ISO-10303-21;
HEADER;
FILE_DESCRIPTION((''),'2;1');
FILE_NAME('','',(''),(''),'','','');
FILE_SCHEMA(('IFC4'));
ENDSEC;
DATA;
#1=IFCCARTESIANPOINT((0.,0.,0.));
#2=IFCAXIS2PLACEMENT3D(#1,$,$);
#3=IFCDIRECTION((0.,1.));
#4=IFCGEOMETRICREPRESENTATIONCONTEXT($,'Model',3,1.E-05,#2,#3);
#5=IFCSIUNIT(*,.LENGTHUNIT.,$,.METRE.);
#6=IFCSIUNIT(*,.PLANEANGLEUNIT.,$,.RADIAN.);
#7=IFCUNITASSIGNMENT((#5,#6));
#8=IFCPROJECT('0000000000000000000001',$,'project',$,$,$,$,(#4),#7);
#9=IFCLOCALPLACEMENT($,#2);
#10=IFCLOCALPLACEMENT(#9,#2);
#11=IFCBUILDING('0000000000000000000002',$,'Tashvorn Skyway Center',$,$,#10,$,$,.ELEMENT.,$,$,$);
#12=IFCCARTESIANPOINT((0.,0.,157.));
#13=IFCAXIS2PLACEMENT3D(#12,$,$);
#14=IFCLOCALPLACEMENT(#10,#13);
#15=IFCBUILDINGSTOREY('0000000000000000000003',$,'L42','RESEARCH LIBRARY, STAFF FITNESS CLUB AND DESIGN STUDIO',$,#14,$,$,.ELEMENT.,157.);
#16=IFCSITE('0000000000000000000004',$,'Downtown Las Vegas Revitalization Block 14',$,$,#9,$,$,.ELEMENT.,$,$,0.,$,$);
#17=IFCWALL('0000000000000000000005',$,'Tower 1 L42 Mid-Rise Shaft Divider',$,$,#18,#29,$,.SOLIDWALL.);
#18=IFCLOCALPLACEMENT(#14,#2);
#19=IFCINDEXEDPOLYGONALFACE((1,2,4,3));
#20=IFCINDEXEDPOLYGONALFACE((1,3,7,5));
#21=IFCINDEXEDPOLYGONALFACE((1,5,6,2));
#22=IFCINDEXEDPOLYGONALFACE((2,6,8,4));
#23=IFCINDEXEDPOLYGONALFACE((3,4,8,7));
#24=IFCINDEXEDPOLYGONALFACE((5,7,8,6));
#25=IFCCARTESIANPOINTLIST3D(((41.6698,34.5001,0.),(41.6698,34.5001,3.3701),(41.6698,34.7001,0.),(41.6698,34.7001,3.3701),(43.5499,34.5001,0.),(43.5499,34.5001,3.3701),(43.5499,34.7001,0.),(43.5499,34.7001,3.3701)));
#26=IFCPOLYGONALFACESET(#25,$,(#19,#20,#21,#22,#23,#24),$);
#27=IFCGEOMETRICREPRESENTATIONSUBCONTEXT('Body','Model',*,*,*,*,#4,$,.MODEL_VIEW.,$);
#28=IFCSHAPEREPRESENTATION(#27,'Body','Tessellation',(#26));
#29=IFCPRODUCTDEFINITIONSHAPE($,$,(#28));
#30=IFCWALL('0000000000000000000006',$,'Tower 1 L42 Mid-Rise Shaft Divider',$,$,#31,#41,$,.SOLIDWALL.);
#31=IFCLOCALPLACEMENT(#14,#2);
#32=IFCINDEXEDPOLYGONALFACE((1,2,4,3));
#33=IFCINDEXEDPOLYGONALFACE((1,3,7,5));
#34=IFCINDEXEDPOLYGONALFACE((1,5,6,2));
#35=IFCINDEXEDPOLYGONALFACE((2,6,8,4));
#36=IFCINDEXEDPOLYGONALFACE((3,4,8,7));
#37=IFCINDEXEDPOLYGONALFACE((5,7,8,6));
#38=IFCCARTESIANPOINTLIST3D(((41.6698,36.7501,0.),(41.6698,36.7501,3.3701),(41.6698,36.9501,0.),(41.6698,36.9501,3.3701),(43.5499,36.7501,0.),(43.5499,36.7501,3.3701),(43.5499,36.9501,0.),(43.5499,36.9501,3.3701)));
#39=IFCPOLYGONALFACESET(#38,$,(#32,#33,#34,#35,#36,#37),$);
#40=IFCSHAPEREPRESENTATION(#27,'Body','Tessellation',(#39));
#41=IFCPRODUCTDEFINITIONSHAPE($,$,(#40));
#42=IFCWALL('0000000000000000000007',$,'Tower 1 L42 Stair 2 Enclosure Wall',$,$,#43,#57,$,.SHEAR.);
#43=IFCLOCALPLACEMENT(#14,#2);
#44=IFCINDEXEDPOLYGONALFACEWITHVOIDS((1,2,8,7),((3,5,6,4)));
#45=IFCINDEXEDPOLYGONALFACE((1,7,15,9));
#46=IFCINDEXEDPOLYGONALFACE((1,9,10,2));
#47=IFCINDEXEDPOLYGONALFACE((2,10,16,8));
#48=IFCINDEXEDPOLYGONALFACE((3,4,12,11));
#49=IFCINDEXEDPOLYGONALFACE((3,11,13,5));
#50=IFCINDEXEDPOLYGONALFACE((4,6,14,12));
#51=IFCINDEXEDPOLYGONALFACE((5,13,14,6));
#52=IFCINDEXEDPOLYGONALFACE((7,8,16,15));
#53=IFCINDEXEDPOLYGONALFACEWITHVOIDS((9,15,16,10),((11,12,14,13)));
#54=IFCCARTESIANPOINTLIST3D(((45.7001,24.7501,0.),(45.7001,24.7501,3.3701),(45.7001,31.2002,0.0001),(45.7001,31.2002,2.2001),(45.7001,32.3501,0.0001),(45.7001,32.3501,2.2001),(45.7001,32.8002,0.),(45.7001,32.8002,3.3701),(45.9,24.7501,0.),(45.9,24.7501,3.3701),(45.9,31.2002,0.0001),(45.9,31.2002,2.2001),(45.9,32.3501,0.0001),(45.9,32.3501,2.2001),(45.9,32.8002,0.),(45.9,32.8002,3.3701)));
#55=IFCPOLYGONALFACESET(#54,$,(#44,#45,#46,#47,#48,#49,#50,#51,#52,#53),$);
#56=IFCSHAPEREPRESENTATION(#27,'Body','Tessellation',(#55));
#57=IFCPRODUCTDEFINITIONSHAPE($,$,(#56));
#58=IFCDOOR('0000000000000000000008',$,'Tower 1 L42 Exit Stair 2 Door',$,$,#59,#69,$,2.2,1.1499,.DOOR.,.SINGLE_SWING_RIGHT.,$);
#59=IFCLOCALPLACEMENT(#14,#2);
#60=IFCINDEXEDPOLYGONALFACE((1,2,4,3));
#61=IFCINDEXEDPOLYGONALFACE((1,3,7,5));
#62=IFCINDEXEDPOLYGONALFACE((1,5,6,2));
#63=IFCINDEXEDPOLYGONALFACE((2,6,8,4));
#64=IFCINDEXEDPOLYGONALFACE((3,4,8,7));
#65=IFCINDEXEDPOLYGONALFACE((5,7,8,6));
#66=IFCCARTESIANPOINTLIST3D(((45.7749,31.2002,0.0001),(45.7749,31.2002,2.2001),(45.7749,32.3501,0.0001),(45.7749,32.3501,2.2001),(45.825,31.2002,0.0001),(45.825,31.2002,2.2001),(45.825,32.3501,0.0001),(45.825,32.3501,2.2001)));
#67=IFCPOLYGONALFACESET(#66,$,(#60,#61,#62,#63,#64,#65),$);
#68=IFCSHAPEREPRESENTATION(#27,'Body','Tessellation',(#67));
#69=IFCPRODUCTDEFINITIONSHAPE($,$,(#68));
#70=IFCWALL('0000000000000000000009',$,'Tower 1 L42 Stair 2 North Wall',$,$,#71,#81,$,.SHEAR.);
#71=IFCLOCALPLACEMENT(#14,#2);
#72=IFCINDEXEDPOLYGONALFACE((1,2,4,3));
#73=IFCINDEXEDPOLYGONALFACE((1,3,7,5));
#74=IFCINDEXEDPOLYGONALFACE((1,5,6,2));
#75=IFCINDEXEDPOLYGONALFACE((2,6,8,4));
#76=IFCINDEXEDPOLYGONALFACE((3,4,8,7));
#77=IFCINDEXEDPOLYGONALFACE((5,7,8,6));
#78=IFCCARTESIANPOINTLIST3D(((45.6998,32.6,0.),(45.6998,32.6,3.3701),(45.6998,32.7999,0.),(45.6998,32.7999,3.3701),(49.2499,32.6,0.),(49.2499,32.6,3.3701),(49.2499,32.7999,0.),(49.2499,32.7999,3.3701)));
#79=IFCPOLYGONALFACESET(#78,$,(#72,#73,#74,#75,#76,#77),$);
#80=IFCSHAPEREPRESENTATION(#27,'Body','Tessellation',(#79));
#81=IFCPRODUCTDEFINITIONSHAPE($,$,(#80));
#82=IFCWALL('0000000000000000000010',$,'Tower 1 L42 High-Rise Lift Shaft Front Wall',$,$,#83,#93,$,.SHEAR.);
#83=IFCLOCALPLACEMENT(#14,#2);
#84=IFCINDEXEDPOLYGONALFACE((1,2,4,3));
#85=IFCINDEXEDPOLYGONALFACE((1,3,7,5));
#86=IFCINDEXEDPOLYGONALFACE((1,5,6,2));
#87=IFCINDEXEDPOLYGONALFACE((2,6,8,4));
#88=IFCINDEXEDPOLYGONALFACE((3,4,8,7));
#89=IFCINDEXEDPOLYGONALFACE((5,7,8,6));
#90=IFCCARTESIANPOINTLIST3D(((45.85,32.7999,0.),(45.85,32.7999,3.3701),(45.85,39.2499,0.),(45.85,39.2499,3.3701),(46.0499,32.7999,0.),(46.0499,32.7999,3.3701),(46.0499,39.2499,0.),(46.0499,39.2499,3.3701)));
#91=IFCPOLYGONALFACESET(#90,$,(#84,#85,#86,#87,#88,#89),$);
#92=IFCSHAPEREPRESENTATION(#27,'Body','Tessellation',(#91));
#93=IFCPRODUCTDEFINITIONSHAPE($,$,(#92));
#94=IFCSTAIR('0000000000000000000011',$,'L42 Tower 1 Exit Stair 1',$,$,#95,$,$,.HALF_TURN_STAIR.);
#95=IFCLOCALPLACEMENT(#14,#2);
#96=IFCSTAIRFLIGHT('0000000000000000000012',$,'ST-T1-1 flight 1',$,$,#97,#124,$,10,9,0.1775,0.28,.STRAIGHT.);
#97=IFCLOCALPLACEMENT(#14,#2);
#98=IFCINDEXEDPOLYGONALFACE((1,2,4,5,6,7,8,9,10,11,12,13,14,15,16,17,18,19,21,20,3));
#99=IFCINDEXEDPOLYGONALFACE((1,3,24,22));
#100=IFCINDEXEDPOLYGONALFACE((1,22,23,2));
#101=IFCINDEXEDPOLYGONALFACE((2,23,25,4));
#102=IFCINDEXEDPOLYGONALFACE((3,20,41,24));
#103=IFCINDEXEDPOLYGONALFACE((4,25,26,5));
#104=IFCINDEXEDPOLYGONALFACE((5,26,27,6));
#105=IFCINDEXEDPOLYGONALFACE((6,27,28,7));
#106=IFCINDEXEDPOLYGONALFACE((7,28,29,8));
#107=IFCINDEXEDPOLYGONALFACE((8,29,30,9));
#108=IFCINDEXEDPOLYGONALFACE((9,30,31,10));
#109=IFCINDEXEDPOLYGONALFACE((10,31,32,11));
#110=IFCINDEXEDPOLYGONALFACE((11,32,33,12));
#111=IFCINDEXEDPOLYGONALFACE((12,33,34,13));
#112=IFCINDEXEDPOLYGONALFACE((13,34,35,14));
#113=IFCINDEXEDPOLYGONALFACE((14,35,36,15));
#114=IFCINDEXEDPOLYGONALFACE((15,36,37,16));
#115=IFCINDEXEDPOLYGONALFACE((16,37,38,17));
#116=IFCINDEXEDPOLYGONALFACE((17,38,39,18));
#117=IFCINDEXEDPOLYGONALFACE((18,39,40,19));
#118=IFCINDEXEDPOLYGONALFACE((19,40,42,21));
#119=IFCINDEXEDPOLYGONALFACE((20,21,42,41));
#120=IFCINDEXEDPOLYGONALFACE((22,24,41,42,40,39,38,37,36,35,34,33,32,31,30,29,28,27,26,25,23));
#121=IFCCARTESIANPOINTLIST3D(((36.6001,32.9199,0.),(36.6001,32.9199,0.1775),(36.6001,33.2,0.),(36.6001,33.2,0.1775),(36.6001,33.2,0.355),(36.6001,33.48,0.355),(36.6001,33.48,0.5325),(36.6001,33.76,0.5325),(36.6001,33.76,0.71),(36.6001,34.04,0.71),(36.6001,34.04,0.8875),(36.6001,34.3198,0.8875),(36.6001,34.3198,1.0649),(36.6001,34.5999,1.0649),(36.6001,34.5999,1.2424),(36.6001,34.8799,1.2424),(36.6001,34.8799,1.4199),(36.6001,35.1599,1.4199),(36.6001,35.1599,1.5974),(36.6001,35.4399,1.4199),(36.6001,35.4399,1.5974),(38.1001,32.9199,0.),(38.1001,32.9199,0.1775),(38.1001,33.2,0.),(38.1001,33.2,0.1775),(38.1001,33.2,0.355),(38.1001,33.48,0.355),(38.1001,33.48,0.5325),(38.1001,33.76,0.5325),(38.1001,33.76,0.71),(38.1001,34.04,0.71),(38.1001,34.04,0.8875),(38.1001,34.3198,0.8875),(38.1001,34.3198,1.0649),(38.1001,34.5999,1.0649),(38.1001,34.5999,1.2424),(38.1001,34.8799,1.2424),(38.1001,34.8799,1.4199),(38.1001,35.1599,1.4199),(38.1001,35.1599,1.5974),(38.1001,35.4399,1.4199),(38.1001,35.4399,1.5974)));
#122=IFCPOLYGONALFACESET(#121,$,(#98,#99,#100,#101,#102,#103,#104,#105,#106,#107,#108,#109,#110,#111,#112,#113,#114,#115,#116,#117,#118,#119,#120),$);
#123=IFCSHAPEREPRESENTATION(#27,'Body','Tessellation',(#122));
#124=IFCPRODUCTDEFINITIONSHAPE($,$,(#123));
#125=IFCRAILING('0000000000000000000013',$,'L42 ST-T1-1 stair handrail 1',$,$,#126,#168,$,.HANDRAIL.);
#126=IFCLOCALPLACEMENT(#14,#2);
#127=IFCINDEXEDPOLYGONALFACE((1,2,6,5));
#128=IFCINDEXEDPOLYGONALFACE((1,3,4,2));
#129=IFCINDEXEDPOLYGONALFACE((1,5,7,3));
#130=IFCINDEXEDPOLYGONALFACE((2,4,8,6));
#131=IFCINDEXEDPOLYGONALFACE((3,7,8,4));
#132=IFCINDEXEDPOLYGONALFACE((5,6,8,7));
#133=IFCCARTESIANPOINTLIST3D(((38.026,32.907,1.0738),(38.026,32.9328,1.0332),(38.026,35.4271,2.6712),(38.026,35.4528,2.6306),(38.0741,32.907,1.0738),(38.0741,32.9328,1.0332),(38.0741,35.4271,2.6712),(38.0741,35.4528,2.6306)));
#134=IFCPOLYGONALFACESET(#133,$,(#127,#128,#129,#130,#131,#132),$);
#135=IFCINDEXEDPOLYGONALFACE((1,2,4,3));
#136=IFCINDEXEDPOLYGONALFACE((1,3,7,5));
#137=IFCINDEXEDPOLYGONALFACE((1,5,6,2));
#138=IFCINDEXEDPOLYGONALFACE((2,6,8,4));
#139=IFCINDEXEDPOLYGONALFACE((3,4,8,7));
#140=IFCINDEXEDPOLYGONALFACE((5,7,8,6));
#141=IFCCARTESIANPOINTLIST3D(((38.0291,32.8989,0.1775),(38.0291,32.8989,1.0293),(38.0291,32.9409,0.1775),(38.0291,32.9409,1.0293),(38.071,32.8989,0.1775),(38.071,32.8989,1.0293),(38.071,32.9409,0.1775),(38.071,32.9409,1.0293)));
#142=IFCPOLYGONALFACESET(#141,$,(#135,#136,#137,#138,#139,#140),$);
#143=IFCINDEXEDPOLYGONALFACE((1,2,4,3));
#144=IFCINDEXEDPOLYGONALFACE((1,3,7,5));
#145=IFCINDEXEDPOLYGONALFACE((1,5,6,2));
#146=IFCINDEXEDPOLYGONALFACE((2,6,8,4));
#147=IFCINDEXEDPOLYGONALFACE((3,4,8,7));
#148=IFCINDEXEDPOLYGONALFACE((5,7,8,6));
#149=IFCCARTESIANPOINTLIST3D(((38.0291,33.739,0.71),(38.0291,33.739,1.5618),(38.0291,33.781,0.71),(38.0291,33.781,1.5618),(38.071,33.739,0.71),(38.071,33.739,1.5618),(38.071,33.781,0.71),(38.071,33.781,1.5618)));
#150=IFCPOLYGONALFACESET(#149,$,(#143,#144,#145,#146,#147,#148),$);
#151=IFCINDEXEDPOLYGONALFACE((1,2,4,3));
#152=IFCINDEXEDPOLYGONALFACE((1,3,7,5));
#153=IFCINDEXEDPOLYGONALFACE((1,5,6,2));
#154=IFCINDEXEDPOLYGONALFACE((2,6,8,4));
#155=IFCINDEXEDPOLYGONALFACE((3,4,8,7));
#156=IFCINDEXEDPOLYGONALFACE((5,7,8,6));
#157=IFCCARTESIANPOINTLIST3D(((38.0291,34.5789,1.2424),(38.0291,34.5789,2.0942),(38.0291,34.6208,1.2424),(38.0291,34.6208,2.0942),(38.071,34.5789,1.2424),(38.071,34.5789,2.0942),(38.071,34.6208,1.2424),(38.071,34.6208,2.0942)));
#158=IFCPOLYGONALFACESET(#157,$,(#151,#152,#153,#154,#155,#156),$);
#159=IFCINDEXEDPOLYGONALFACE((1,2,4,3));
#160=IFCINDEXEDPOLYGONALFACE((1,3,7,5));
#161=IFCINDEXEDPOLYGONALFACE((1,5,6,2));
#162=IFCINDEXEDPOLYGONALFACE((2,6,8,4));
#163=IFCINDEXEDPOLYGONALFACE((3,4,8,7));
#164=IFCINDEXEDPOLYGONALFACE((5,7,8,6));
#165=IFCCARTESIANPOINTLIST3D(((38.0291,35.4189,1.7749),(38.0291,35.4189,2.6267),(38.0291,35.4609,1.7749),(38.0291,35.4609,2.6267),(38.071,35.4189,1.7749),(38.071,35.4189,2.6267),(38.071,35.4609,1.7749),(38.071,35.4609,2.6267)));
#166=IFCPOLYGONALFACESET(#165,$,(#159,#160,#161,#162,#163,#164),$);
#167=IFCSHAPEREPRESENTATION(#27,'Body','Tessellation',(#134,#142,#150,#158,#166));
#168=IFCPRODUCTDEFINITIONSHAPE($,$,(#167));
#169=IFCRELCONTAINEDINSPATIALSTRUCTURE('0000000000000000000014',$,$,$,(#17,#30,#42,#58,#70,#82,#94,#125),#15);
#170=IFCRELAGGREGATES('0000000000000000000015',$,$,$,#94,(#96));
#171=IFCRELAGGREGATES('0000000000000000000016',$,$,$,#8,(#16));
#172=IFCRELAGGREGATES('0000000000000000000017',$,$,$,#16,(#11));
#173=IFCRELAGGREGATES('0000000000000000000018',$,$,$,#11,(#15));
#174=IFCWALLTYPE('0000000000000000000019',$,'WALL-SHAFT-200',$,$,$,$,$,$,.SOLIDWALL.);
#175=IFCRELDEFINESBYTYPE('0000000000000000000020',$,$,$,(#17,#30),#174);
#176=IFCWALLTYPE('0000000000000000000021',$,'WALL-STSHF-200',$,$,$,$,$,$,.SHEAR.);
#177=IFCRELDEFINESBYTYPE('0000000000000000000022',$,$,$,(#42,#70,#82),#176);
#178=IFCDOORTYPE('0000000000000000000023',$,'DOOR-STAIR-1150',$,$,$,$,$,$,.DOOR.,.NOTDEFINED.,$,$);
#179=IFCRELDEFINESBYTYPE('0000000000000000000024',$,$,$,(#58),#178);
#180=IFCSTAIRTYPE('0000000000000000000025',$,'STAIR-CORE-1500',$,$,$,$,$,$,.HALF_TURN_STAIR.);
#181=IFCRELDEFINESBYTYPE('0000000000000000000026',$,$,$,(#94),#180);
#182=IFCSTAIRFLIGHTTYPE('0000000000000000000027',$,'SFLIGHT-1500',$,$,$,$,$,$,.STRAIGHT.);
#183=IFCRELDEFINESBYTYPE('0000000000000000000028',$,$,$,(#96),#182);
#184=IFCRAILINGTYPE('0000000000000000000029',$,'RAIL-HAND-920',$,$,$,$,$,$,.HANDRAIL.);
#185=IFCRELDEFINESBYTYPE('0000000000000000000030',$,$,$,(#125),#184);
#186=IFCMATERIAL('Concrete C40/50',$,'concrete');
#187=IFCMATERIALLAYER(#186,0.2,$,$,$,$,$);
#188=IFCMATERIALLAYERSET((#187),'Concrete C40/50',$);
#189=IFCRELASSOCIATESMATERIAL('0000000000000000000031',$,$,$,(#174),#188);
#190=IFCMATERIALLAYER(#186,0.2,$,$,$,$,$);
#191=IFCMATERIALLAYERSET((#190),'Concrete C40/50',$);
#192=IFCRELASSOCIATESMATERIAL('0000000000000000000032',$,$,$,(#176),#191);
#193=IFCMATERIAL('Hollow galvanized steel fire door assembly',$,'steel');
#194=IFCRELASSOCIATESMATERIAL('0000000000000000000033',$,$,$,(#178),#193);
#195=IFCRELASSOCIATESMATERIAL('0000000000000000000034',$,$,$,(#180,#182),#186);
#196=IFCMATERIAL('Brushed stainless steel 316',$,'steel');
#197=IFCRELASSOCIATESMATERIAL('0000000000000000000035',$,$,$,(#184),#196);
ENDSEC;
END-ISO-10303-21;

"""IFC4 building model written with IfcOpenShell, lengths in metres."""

from ifc_helpers import new_model, si_unit, direction, frame, frame_2d, origin, origin_2d, place, context, subcontext, project, spatial, polyline, rectangle, outline, extrude, material, layer, layer_set, type_object, element, fill, aggregate, save


model = new_model("IFC4")

# Units and contexts
model_context = context("Model", 3, precision=1e-05, world=origin(), true_north=direction((0.0, 1.0)))
body_context = subcontext(model_context, "Body", "Model", "MODEL_VIEW")
ifc_project = project(units=[si_unit("LENGTHUNIT", "METRE"), si_unit("PLANEANGLEUNIT", "RADIAN")], contexts=[model_context])

# Site, building, storey
site_placement = place(None, origin())
site = spatial("IfcSite", under=ifc_project, at=site_placement, Name="Downtown Las Vegas Revitalization Block 14", CompositionType="ELEMENT", RefElevation=0.0)
building_placement = place(site_placement, origin())
building = spatial("IfcBuilding", under=site, at=building_placement, Name="Tashvorn Skyway Center", CompositionType="ELEMENT")
storey_placement = place(building_placement, frame((0.0, 0.0, 157.0)))
storey = spatial("IfcBuildingStorey", under=building, at=storey_placement, Name="L42", Description="RESEARCH LIBRARY, STAFF FITNESS CLUB AND DESIGN STUDIO", CompositionType="ELEMENT", Elevation=157.0)

# Shared definitions
ifc_material_1 = material(Name="Concrete C40/50", Category="concrete")
ifc_material_2 = material(Name="Hollow galvanized steel fire door assembly", Category="steel")

# Walls
ifc_layer_1 = layer(ifc_material_1, 0.2)
ifc_layer_set_1 = layer_set([ifc_layer_1], Name="Concrete C40/50")
wall_type_1 = type_object("IfcWallType", Name="WALL-SHAFT-200", PredefinedType="SOLIDWALL", material=ifc_layer_set_1)
for number, where, z_axis, x_axis, name in (
    (1, (41.6699, 34.6001, 0.0), (0.0, 0.0, 1.0), (1.0, 0.0, 0.0), "Tower 1 L42 Mid-Rise Shaft Divider"),
    (2, (41.6699, 36.8501, 0.0), (0.0, 0.0, 1.0), (1.0, 0.0, 0.0), "Tower 1 L42 Mid-Rise Shaft Divider"),
):
    element("IfcWall", number, at=place(storey_placement, frame(where, z_axis=z_axis, x_axis=x_axis)), inside=storey, type_object=wall_type_1, Name=name, PredefinedType="SOLIDWALL", context=body_context, shape_type="SweptSolid", body=[
        extrude(rectangle(XDim=1.8801, YDim=0.2, at=frame_2d((0.9399, 0.0))), origin(), (0.0, 0.0, 1.0), 3.3701),
    ])

# Wall, opening, door
ifc_layer_2 = layer(ifc_material_1, 0.2)
ifc_layer_set_2 = layer_set([ifc_layer_2], Name="Concrete C40/50")
wall_type_2 = type_object("IfcWallType", Name="WALL-STSHF-200", PredefinedType="SHEAR", material=ifc_layer_set_2)
wall_1_placement = place(storey_placement, frame((45.8, 32.8, 0.0), z_axis=(0.0, 0.0, 1.0), x_axis=(0.0, -1.0, 0.0)))
wall_1 = element("IfcWall", 3, at=wall_1_placement, inside=storey, type_object=wall_type_2, Name="Tower 1 L42 Stair 2 Enclosure Wall", PredefinedType="SHEAR", context=body_context, shape_type="SweptSolid", body=[
    extrude(rectangle(XDim=8.05, YDim=0.2, at=frame_2d((4.0249, 0.0))), origin(), (0.0, 0.0, 1.0), 3.3701),
])
opening_1_placement = place(wall_1_placement, frame((0.45, 0.0, 0.0)))
opening_1 = element("IfcOpeningElement", 4, at=opening_1_placement, cuts=wall_1, PredefinedType="OPENING", context=body_context, shape_type="SweptSolid", body=[
    extrude(rectangle(XDim=1.1499, YDim=2.2, at=frame_2d((0.575, 1.1001))), frame((0.0, 0.1099, 0.0), z_axis=(0.0, -1.0, 0.0), x_axis=(1.0, 0.0, 0.0)), (0.0, 0.0, 1.0), 0.22),
])
door_type_1 = type_object("IfcDoorType", Name="DOOR-STAIR-1150", OperationType="NOTDEFINED", PredefinedType="DOOR", material=ifc_material_2)
door_1_placement = place(opening_1_placement, origin())
door_1 = element("IfcDoor", 5, at=door_1_placement, inside=storey, type_object=door_type_1, Name="Tower 1 L42 Exit Stair 2 Door", OperationType="SINGLE_SWING_RIGHT", OverallHeight=2.2, OverallWidth=1.1499, PredefinedType="DOOR", context=body_context, shape_type="SweptSolid", body=[
    extrude(rectangle(XDim=1.1499, YDim=2.2, at=frame_2d((0.575, 1.1001))), frame((0.0, 0.0249, 0.0), z_axis=(0.0, -1.0, 0.0), x_axis=(1.0, 0.0, 0.0)), (0.0, 0.0, 1.0), 0.05),
])
fill(opening_1, door_1)

# Walls
wall_2_placement = place(storey_placement, frame((45.7, 32.7, 0.0), z_axis=(0.0, 0.0, 1.0), x_axis=(1.0, 0.0, 0.0)))
element("IfcWall", 6, at=wall_2_placement, inside=storey, type_object=wall_type_2, Name="Tower 1 L42 Stair 2 North Wall", PredefinedType="SHEAR", context=body_context, shape_type="SweptSolid", body=[
    extrude(rectangle(XDim=3.55, YDim=0.2, at=frame_2d((1.7749, 0.0))), origin(), (0.0, 0.0, 1.0), 3.3701),
])
wall_3_placement = place(storey_placement, frame((45.95, 39.25, 0.0), z_axis=(0.0, 0.0, 1.0), x_axis=(0.0, -1.0, 0.0)))
element("IfcWall", 7, at=wall_3_placement, inside=storey, type_object=wall_type_2, Name="Tower 1 L42 High-Rise Lift Shaft Front Wall", PredefinedType="SHEAR", context=body_context, shape_type="SweptSolid", body=[
    extrude(rectangle(XDim=6.45, YDim=0.2, at=frame_2d((3.2251, 0.0))), origin(), (0.0, 0.0, 1.0), 3.3701),
])

# Stair, stair flight
stair_type = type_object("IfcStairType", Name="STAIR-CORE-1500", PredefinedType="HALF_TURN_STAIR", material=ifc_material_1)
stair_placement = place(storey_placement, origin())
stair = element("IfcStair", 8, at=stair_placement, inside=storey, type_object=stair_type, Name="L42 Tower 1 Exit Stair 1", PredefinedType="HALF_TURN_STAIR")
stair_flight_type = type_object("IfcStairFlightType", Name="SFLIGHT-1500", PredefinedType="STRAIGHT", material=ifc_material_1)
stair_flight_placement = place(storey_placement, frame((37.3501, 32.9199, 0.0), z_axis=(0.0, 0.0, 1.0), x_axis=(0.0, 1.0, 0.0)))
stair_flight = element("IfcStairFlight", 9, at=stair_flight_placement, type_object=stair_flight_type, Name="ST-T1-1 flight 1", NumberOfRisers=10, NumberOfTreads=9, PredefinedType="STRAIGHT", RiserHeight=0.1775, TreadLength=0.28, context=body_context, shape_type="SweptSolid", body=[
    extrude(outline(polyline([(0.0, 0.0), (0.0, 0.1775), (0.28, 0.1775), (0.28, 0.355), (0.5601, 0.355), (0.5601, 0.5325), (0.8401, 0.5325), (0.8401, 0.71), (1.1201, 0.71), (1.1201, 0.8875), (1.3999, 0.8875), (1.3999, 1.0649), (1.6799, 1.0649), (1.6799, 1.2424), (1.96, 1.2424), (1.96, 1.4199), (2.24, 1.4199), (2.24, 1.5974), (2.52, 1.5974), (2.52, 1.7749), (2.52, 1.4199), (0.28, 0.0), (0.0, 0.0)])), frame((0.0, 0.75, 0.0), z_axis=(0.0, -1.0, 0.0), x_axis=(1.0, 0.0, 0.0)), (0.0, 0.0, 1.0), 1.5),
])
aggregate(stair, [stair_flight])

# Railing
ifc_material_3 = material(Name="Brushed stainless steel 316", Category="steel")
railing_type_1 = type_object("IfcRailingType", Name="RAIL-HAND-920", PredefinedType="HANDRAIL", material=ifc_material_3)
railing_1_placement = place(storey_placement, frame((38.05, 32.9199, 0.1775)))
element("IfcRailing", 10, at=railing_1_placement, inside=storey, type_object=railing_type_1, Name="L42 ST-T1-1 stair handrail 1", PredefinedType="HANDRAIL", context=body_context, shape_type="SweptSolid", body=[
    extrude(rectangle(XDim=0.0481, YDim=0.0481, at=origin_2d()), frame((0.0, 0.0, 0.876), z_axis=(0.0, 0.844607, 0.535387), x_axis=(-1.0, 0.0, 0.0)), (0.0, 0.0, 1.0), 2.9836),
    extrude(rectangle(XDim=0.042, YDim=0.042, at=origin_2d()), origin(), (0.0, 0.0, 1.0), 0.8518),
    extrude(rectangle(XDim=0.042, YDim=0.042, at=origin_2d()), frame((0.0, 0.8401, 0.5325)), (0.0, 0.0, 1.0), 0.8518),
    extrude(rectangle(XDim=0.042, YDim=0.042, at=origin_2d()), frame((0.0, 1.6799, 1.0649)), (0.0, 0.0, 1.0), 0.8518),
    extrude(rectangle(XDim=0.042, YDim=0.042, at=origin_2d()), frame((0.0, 2.52, 1.5974)), (0.0, 0.0, 1.0), 0.8518),
])

save(model, "model.ifc")
